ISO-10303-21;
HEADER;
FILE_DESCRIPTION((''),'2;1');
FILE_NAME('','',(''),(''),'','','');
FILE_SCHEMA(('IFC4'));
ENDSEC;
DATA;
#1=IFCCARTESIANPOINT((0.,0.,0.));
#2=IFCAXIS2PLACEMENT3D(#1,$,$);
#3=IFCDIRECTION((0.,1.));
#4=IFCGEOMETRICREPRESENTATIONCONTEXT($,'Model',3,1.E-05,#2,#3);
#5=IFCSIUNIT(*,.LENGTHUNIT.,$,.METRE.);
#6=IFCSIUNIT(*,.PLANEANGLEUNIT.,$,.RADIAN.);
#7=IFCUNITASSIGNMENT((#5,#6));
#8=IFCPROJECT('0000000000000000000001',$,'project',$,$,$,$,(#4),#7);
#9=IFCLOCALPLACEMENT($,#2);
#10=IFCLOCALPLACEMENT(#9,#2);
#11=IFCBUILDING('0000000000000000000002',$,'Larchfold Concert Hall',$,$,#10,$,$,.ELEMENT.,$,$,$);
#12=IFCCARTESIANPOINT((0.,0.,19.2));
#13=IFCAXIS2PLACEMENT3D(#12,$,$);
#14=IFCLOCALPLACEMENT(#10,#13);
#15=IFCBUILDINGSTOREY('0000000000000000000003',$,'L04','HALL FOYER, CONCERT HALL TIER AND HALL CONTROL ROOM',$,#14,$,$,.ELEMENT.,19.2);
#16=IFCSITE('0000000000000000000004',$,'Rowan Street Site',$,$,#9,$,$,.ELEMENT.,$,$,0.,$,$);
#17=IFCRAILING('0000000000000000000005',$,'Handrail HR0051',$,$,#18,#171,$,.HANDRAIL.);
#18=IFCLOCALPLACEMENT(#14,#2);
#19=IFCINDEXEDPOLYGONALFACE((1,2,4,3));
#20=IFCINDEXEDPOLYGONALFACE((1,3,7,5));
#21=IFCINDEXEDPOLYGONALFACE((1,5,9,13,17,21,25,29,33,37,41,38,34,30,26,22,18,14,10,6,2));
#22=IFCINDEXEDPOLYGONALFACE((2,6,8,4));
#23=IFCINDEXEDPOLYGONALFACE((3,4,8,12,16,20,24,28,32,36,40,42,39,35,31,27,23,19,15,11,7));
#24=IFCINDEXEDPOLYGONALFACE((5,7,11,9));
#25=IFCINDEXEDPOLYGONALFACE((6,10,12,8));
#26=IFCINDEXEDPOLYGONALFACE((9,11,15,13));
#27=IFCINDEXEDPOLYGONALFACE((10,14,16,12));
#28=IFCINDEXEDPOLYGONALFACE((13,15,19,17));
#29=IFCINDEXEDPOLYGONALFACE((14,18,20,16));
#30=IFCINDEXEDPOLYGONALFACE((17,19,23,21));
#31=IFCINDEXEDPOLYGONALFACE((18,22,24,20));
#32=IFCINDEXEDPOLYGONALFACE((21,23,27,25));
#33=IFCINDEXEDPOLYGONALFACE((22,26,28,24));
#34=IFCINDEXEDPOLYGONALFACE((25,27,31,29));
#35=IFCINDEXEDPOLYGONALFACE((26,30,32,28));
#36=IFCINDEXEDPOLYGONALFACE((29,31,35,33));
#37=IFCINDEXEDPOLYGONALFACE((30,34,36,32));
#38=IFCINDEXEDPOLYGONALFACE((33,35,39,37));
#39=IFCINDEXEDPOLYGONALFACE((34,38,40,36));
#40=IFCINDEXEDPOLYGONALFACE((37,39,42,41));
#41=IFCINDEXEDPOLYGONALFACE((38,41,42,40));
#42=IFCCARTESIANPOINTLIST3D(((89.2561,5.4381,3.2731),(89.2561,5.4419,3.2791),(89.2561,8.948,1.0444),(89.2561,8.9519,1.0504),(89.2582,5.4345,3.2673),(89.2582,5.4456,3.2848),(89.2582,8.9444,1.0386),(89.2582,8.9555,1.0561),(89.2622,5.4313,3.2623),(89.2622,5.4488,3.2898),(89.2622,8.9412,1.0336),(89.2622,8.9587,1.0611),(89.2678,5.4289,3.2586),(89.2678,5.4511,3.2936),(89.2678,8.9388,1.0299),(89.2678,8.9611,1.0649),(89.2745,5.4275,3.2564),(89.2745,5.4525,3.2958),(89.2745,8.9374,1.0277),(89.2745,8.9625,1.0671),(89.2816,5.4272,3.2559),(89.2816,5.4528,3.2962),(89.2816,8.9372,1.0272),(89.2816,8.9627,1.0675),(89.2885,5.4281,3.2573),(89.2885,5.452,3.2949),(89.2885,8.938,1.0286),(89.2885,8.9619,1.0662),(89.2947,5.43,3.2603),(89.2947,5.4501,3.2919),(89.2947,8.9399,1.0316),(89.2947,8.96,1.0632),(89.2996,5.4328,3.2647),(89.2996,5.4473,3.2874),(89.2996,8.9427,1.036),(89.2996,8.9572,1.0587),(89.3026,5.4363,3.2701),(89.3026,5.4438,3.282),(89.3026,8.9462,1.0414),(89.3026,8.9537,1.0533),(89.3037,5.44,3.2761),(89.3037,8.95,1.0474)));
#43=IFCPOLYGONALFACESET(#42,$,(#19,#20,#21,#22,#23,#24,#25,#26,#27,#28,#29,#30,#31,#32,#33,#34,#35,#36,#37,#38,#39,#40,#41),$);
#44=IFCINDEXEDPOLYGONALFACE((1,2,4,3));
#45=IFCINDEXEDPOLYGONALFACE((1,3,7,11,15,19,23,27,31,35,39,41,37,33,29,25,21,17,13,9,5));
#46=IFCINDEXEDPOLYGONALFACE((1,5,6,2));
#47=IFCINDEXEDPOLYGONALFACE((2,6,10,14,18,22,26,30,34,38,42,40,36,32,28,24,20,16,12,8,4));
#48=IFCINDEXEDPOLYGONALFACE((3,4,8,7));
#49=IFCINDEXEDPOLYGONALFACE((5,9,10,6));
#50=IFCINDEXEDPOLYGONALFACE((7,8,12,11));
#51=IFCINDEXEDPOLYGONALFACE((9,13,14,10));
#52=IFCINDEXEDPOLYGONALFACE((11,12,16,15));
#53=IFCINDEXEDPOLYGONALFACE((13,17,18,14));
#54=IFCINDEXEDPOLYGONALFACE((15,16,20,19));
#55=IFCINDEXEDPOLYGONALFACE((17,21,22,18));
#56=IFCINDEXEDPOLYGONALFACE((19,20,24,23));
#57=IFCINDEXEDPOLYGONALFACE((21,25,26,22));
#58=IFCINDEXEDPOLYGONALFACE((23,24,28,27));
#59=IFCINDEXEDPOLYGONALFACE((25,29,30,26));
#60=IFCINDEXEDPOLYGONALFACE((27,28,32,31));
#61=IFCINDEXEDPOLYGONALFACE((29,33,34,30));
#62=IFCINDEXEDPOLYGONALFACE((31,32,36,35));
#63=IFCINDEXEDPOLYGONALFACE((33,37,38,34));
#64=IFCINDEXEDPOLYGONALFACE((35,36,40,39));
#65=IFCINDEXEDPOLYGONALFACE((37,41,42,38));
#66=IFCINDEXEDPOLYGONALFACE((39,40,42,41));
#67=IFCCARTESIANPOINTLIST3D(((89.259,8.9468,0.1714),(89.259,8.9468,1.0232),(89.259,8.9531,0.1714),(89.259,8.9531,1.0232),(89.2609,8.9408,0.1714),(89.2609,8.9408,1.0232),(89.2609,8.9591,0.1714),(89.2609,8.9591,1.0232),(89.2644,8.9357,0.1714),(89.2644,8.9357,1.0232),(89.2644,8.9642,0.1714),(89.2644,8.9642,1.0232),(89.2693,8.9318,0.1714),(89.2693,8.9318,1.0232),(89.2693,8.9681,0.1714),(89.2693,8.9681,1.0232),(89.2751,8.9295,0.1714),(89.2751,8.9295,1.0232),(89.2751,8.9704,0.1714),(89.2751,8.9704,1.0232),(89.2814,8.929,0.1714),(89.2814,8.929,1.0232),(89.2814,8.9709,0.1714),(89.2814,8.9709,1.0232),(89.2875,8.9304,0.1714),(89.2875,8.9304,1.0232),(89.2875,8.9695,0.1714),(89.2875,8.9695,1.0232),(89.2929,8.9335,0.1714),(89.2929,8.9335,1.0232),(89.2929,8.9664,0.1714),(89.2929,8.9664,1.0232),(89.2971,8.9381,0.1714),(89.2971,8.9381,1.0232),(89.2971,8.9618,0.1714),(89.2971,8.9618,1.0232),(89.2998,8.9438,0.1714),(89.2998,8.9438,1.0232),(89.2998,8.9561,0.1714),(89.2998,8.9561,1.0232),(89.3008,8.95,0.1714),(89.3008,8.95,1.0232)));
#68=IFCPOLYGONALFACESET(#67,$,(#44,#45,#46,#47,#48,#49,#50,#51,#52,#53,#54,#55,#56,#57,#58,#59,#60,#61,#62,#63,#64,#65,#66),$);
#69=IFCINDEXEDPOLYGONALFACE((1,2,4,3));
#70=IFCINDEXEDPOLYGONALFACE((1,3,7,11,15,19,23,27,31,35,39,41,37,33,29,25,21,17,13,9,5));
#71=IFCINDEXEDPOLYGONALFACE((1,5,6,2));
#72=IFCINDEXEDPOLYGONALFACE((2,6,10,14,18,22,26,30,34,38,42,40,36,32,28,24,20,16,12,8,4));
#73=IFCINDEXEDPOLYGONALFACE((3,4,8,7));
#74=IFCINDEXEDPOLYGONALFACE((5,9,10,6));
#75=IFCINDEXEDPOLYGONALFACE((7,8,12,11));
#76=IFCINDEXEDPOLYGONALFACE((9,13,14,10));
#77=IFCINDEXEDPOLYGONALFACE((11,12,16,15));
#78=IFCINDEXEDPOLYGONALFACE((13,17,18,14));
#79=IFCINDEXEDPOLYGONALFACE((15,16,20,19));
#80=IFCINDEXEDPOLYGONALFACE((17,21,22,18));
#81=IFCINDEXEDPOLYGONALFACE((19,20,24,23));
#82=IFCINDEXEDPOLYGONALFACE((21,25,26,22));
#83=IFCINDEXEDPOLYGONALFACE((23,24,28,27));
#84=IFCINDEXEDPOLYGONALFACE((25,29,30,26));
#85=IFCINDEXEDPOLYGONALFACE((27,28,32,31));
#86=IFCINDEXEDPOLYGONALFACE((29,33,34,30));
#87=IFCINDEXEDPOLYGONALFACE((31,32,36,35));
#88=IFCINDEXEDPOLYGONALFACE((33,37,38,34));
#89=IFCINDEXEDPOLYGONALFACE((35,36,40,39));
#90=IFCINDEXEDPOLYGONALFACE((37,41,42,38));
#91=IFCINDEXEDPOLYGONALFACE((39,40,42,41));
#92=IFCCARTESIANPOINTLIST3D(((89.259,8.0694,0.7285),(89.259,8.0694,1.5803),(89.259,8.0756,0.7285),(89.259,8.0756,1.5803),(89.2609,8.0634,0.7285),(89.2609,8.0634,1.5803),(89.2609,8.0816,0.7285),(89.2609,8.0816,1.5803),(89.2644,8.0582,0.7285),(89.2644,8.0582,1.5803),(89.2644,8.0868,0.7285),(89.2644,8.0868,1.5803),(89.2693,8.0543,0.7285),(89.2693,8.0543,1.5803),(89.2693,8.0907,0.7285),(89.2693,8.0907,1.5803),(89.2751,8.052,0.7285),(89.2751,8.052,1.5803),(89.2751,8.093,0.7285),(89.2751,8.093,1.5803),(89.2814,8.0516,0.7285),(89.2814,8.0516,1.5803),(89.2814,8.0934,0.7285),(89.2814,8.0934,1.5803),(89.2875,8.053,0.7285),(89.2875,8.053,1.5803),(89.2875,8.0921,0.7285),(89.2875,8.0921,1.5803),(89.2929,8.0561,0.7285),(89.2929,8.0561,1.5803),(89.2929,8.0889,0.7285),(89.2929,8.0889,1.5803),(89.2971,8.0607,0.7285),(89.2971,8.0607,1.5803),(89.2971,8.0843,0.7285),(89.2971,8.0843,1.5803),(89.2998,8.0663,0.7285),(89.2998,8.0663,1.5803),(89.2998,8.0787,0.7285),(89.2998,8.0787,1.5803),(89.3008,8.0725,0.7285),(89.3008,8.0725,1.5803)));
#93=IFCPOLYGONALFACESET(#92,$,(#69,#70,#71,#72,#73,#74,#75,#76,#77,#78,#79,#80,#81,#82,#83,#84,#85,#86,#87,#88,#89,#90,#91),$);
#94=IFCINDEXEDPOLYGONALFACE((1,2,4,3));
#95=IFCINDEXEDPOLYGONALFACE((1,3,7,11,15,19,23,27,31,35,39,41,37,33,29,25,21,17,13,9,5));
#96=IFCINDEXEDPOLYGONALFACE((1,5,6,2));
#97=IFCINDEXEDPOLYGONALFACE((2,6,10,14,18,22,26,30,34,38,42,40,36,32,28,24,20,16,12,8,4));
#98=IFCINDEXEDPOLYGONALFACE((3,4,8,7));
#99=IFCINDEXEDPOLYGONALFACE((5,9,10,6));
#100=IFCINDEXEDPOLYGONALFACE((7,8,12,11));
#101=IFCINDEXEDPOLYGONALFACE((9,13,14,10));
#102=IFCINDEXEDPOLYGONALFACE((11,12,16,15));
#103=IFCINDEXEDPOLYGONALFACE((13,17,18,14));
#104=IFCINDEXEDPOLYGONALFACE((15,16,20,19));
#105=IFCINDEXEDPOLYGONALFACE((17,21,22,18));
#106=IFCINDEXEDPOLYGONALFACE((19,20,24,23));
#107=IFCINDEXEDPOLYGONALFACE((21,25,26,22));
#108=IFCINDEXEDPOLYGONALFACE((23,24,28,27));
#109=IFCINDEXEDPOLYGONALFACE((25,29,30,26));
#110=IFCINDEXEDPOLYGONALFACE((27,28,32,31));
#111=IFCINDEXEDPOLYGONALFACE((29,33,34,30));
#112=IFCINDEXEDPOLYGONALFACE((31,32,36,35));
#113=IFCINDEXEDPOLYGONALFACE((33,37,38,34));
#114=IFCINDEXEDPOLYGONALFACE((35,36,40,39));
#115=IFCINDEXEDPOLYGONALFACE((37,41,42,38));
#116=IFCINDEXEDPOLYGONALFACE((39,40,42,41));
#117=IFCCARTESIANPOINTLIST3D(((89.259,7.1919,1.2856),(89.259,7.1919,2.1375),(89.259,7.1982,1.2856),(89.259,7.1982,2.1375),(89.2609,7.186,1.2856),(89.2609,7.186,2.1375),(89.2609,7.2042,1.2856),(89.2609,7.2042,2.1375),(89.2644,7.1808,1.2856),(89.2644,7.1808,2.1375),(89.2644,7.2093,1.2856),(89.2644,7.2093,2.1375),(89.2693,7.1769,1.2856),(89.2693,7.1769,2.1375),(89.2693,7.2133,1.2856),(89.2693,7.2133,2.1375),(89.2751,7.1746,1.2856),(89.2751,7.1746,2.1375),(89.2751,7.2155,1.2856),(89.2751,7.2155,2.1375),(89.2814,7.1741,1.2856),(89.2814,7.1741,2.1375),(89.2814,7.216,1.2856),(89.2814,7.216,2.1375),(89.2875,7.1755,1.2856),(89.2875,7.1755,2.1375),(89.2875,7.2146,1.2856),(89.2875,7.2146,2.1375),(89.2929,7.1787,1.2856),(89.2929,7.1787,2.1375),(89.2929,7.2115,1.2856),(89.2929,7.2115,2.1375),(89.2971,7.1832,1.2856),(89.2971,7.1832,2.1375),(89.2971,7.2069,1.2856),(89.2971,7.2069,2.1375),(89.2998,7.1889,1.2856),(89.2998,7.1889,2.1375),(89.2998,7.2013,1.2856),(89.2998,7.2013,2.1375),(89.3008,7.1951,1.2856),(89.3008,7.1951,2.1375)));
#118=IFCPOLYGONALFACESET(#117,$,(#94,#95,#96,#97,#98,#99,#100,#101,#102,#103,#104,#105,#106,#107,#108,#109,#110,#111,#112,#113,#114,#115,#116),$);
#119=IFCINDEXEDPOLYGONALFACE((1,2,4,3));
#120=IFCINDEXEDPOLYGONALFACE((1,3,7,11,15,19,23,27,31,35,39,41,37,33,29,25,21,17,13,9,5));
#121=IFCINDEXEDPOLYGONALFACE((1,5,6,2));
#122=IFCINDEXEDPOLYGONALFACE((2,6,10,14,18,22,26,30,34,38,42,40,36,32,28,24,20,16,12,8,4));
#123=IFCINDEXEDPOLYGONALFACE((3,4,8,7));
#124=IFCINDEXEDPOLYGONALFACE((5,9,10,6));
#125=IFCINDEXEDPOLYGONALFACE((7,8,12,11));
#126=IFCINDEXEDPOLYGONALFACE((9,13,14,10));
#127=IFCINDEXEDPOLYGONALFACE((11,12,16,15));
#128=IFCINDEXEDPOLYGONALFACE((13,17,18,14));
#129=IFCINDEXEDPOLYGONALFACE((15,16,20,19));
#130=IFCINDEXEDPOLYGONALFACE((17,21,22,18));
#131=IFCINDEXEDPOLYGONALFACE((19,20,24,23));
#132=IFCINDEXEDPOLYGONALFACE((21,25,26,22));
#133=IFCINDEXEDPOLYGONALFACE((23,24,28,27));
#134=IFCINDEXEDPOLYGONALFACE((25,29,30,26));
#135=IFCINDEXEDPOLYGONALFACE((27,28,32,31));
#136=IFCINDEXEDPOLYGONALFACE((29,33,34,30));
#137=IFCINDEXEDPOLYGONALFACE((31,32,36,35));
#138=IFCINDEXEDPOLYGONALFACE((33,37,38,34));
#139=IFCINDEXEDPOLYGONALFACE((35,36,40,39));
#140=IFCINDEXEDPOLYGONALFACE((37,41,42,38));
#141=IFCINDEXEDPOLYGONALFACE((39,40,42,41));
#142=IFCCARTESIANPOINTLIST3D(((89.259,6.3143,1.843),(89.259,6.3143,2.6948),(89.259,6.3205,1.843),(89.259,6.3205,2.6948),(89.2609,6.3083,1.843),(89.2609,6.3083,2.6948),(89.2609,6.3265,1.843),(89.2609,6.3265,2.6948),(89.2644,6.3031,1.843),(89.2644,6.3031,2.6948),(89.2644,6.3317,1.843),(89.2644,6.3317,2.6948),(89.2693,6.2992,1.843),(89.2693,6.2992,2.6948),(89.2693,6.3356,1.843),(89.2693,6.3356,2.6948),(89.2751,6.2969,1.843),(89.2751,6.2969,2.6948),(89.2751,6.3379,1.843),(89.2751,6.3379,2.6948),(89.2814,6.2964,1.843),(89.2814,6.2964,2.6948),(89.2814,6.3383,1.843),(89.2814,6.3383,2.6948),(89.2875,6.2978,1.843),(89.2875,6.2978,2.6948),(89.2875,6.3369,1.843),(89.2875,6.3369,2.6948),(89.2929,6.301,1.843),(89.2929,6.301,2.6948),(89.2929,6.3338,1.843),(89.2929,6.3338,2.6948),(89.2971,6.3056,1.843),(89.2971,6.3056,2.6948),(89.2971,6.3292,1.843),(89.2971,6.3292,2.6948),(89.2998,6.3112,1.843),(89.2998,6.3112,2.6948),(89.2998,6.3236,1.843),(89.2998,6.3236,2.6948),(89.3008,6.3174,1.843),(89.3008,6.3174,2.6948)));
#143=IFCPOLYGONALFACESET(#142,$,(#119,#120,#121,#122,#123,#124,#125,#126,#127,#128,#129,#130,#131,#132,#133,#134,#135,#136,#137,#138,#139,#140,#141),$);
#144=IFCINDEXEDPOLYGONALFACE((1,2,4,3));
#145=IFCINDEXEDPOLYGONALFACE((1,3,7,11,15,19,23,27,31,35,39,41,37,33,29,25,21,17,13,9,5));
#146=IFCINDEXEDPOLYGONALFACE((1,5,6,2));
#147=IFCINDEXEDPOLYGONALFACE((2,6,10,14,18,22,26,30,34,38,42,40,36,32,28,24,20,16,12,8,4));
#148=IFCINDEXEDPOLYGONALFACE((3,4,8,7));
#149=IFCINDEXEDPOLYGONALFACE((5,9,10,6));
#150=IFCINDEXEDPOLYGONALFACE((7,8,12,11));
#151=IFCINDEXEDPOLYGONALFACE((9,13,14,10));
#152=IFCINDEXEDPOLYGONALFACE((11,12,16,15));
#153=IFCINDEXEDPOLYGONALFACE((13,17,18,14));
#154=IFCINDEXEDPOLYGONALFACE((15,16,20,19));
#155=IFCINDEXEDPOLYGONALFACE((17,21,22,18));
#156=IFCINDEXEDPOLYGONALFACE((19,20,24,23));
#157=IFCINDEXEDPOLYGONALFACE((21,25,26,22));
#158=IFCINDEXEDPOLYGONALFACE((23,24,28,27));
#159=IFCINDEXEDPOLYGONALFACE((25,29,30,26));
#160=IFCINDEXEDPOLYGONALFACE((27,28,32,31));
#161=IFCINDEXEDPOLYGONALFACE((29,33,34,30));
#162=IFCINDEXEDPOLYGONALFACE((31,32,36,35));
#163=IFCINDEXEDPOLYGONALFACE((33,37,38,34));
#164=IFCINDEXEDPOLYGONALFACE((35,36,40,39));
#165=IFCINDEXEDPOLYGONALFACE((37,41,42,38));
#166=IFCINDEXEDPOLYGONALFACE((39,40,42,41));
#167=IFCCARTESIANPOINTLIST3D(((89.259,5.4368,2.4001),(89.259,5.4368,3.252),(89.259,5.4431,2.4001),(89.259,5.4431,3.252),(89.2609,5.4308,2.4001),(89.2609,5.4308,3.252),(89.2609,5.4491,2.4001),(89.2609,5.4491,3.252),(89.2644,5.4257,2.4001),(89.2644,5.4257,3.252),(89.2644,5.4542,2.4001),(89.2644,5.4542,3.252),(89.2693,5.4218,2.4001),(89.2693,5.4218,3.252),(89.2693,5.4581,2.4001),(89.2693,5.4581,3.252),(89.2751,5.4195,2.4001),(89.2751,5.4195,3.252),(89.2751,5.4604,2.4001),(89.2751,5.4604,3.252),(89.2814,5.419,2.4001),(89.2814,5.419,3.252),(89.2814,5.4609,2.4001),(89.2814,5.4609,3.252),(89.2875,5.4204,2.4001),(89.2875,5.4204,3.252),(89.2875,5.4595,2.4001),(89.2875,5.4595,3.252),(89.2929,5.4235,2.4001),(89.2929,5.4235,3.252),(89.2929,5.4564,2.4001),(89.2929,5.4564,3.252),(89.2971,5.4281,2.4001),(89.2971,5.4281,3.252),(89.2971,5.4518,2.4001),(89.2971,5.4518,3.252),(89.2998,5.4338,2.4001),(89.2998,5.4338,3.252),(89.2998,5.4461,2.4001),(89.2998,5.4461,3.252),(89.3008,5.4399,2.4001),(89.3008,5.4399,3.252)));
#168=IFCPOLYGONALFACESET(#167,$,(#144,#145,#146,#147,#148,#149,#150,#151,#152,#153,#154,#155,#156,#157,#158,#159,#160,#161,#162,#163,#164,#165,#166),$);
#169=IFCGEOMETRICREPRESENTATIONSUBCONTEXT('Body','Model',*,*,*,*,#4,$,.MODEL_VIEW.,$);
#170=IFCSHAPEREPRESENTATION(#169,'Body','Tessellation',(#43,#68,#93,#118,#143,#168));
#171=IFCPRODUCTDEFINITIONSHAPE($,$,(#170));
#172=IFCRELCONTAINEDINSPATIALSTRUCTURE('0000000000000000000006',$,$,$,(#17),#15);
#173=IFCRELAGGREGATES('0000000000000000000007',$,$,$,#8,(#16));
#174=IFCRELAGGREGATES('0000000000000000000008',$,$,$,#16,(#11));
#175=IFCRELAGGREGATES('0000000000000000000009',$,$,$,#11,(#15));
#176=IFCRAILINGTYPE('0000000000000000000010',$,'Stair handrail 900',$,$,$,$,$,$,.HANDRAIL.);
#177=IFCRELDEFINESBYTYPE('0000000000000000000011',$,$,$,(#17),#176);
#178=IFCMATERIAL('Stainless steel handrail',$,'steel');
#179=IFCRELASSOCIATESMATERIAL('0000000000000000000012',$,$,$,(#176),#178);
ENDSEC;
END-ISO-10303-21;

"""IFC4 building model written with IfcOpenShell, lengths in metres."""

from ifc_helpers import new_model, si_unit, direction, frame, origin, origin_2d, place, context, subcontext, project, spatial, circle, extrude, material, type_object, element, save


model = new_model("IFC4")

# Units and contexts
model_context = context("Model", 3, precision=1e-05, world=origin(), true_north=direction((0.0, 1.0)))
body_context = subcontext(model_context, "Body", "Model", "MODEL_VIEW")
ifc_project = project(units=[si_unit("LENGTHUNIT", "METRE"), si_unit("PLANEANGLEUNIT", "RADIAN")], contexts=[model_context])

# Site, building, storey
site_placement = place(None, origin())
site = spatial("IfcSite", under=ifc_project, at=site_placement, Name="Rowan Street Site", CompositionType="ELEMENT", RefElevation=0.0)
building_placement = place(site_placement, origin())
building = spatial("IfcBuilding", under=site, at=building_placement, Name="Larchfold Concert Hall", CompositionType="ELEMENT")
storey_placement = place(building_placement, frame((0.0, 0.0, 19.2)))
storey = spatial("IfcBuildingStorey", under=building, at=storey_placement, Name="L04", Description="HALL FOYER, CONCERT HALL TIER AND HALL CONTROL ROOM", CompositionType="ELEMENT", Elevation=19.2)

# Railing
ifc_material_1 = material(Name="Stainless steel handrail", Category="steel")
railing_type_1 = type_object("IfcRailingType", Name="Stair handrail 900", PredefinedType="HANDRAIL", material=ifc_material_1)
railing_1_placement = place(storey_placement, frame((89.2798, 8.95, 0.1714)))
element("IfcRailing", 1, at=railing_1_placement, inside=storey, type_object=railing_type_1, Name="Handrail HR0051", PredefinedType="HANDRAIL", context=body_context, shape_type="SweptSolid", body=[
    extrude(circle(Radius=0.0239, at=origin_2d()), frame((0.0, 0.0, 0.876), z_axis=(0.0, -0.844193, 0.536039), x_axis=(1.0, 0.0, 0.0)), (0.0, 0.0, 1.0), 4.1577),
    extrude(circle(Radius=0.021, at=origin_2d()), origin(), (0.0, 0.0, 1.0), 0.8518),
    extrude(circle(Radius=0.021, at=origin_2d()), frame((0.0, -0.8774, 0.5571)), (0.0, 0.0, 1.0), 0.8518),
    extrude(circle(Radius=0.021, at=origin_2d()), frame((0.0, -1.7549, 1.1143)), (0.0, 0.0, 1.0), 0.8518),
    extrude(circle(Radius=0.021, at=origin_2d()), frame((0.0, -2.6326, 1.6716)), (0.0, 0.0, 1.0), 0.8518),
    extrude(circle(Radius=0.021, at=origin_2d()), frame((0.0, -3.51, 2.2288)), (0.0, 0.0, 1.0), 0.8518),
])

save(model, "model.ifc")
